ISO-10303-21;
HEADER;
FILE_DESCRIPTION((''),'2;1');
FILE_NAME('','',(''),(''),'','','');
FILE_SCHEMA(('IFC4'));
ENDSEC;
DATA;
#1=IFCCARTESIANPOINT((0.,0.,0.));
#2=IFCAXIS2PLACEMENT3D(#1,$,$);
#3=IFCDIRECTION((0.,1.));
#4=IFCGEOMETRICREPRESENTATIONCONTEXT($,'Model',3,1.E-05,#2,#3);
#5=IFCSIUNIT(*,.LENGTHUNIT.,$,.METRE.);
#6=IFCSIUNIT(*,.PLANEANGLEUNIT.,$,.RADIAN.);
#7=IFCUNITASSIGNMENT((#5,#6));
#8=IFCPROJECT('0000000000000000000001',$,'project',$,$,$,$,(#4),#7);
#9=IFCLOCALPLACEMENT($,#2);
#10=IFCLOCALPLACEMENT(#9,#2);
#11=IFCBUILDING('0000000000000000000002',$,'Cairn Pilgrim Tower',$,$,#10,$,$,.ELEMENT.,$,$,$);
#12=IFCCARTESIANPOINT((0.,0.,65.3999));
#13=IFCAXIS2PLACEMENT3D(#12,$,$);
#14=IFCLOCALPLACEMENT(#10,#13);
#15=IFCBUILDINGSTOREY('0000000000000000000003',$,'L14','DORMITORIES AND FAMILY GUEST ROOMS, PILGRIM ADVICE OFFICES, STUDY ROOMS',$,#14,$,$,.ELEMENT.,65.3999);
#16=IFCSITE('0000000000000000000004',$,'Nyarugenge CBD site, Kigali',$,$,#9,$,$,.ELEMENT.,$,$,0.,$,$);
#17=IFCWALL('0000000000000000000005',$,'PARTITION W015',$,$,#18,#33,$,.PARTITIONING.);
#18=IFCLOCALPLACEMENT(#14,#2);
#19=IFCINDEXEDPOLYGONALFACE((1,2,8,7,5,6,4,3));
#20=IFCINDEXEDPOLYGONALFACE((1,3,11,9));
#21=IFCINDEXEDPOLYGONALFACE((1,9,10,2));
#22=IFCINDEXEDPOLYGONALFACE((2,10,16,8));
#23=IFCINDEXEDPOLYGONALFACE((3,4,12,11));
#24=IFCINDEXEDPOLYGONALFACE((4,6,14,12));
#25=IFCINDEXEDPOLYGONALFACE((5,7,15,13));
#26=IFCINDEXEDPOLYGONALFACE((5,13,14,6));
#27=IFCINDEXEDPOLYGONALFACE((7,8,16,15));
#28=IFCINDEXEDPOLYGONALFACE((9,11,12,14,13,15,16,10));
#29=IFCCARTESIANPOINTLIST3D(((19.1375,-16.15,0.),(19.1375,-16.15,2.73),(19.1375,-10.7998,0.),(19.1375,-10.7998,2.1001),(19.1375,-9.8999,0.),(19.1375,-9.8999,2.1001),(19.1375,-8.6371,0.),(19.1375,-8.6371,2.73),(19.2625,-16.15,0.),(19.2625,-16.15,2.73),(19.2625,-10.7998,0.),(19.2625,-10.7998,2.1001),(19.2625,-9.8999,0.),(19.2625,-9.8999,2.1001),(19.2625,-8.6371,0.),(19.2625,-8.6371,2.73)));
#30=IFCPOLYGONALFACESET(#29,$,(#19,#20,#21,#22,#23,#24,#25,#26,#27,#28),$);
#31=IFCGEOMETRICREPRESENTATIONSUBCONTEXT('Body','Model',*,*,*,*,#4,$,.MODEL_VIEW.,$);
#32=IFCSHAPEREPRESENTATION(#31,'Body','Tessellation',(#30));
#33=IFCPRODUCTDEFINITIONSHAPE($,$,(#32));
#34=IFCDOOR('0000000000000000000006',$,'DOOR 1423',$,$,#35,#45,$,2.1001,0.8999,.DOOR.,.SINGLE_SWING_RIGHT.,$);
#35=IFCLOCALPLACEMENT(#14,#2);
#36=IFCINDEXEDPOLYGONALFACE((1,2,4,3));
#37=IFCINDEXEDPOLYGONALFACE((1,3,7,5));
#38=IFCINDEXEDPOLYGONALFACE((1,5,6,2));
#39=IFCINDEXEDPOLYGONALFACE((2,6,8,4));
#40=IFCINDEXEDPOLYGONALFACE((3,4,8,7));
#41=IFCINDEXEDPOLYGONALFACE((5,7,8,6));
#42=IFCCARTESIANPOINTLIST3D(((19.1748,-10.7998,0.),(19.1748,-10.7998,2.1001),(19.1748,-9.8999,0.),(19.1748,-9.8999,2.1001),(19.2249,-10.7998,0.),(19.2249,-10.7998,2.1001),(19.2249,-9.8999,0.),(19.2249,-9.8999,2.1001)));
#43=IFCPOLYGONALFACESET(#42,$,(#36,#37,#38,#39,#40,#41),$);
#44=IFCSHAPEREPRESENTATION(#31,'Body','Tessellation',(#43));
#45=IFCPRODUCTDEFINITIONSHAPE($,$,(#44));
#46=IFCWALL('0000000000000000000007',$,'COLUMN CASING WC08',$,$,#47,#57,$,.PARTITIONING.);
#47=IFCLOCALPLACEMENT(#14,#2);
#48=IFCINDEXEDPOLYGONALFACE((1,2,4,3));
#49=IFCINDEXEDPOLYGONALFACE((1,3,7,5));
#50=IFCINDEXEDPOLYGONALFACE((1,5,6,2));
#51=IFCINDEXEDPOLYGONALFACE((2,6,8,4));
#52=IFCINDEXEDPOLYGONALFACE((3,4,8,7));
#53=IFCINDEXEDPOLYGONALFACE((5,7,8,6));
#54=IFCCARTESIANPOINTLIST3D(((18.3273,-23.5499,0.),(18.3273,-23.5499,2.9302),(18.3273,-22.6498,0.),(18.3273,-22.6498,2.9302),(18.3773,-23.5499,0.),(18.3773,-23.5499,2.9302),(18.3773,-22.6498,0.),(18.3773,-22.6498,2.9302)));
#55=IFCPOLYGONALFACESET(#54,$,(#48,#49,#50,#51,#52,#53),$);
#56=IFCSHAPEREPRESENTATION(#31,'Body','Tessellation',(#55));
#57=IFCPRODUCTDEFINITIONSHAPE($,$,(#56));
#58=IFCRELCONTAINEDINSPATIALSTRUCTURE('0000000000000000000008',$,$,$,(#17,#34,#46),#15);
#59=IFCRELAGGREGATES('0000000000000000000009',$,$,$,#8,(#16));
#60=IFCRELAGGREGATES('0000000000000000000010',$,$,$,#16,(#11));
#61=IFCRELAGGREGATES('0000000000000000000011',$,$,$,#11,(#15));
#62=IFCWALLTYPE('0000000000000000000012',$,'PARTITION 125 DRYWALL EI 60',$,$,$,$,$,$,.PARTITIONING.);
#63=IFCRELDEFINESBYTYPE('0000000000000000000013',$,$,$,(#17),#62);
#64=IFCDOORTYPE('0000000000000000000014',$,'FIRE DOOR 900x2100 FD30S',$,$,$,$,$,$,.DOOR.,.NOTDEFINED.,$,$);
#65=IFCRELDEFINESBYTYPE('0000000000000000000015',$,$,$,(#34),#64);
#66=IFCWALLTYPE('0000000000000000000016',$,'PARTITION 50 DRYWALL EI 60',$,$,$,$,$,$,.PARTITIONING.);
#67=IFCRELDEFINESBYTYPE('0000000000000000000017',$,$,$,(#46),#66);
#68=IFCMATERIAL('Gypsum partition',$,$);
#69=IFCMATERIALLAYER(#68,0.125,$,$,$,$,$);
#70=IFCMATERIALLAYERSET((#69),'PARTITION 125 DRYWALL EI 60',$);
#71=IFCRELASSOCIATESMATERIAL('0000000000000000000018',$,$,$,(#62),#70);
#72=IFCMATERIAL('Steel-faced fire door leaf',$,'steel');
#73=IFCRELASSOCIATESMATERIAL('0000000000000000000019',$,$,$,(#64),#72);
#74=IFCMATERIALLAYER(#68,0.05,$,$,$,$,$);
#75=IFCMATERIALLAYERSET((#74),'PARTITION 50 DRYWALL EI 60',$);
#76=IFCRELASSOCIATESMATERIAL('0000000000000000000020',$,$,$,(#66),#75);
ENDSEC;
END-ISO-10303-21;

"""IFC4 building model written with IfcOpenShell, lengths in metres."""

from ifc_helpers import new_model, si_unit, direction, frame, frame_2d, origin, place, context, subcontext, project, spatial, rectangle, extrude, material, layer, layer_set, type_object, element, fill, save


model = new_model("IFC4")

# Units and contexts
model_context = context("Model", 3, precision=1e-05, world=origin(), true_north=direction((0.0, 1.0)))
body_context = subcontext(model_context, "Body", "Model", "MODEL_VIEW")
ifc_project = project(units=[si_unit("LENGTHUNIT", "METRE"), si_unit("PLANEANGLEUNIT", "RADIAN")], contexts=[model_context])

# Site, building, storey
site_placement = place(None, origin())
site = spatial("IfcSite", under=ifc_project, at=site_placement, Name="Nyarugenge CBD site, Kigali", CompositionType="ELEMENT", RefElevation=0.0)
building_placement = place(site_placement, origin())
building = spatial("IfcBuilding", under=site, at=building_placement, Name="Cairn Pilgrim Tower", CompositionType="ELEMENT")
storey_placement = place(building_placement, frame((0.0, 0.0, 65.3999)))
storey = spatial("IfcBuildingStorey", under=building, at=storey_placement, Name="L14", Description="DORMITORIES AND FAMILY GUEST ROOMS, PILGRIM ADVICE OFFICES, STUDY ROOMS", CompositionType="ELEMENT", Elevation=65.3999)

# Shared definitions
ifc_material_1 = material(Name="Gypsum partition")
ifc_layer_1 = layer(ifc_material_1, 0.125)
ifc_layer_set_1 = layer_set([ifc_layer_1], Name="PARTITION 125 DRYWALL EI 60")
wall_type_1 = type_object("IfcWallType", Name="PARTITION 125 DRYWALL EI 60", PredefinedType="PARTITIONING", material=ifc_layer_set_1)

# Wall, opening, door
wall_1_placement = place(storey_placement, frame((19.2, -16.1499, 0.0), z_axis=(0.0, 0.0, 1.0), x_axis=(0.0, 1.0, 0.0)))
wall_1 = element("IfcWall", 1, at=wall_1_placement, inside=storey, type_object=wall_type_1, Name="PARTITION W015", PredefinedType="PARTITIONING", context=body_context, shape_type="SweptSolid", body=[
    extrude(rectangle(XDim=7.5129, YDim=0.125, at=frame_2d((3.7563, 0.0))), origin(), (0.0, 0.0, 1.0), 2.73),
])
opening_placement = place(wall_1_placement, frame((5.3501, 0.0, 0.0)))
opening = element("IfcOpeningElement", 2, at=opening_placement, cuts=wall_1, PredefinedType="OPENING", context=body_context, shape_type="SweptSolid", body=[
    extrude(rectangle(XDim=0.8999, YDim=2.1001, at=frame_2d((0.45, 1.05))), frame((0.0, 0.0725, 0.0), z_axis=(0.0, -1.0, 0.0), x_axis=(1.0, 0.0, 0.0)), (0.0, 0.0, 1.0), 0.145),
])
ifc_material_2 = material(Name="Steel-faced fire door leaf", Category="steel")
door_type = type_object("IfcDoorType", Name="FIRE DOOR 900x2100 FD30S", OperationType="NOTDEFINED", PredefinedType="DOOR", material=ifc_material_2)
door_placement = place(opening_placement, frame((0.8999, 0.0, 0.0), z_axis=(0.0, 0.0, 1.0), x_axis=(-1.0, 0.0, 0.0)))
door = element("IfcDoor", 3, at=door_placement, inside=storey, type_object=door_type, Name="DOOR 1423", OperationType="SINGLE_SWING_RIGHT", OverallHeight=2.1001, OverallWidth=0.8999, PredefinedType="DOOR", context=body_context, shape_type="SweptSolid", body=[
    extrude(rectangle(XDim=0.8999, YDim=2.1001, at=frame_2d((0.45, 1.05))), frame((0.0, 0.0249, 0.0), z_axis=(0.0, -1.0, 0.0), x_axis=(1.0, 0.0, 0.0)), (0.0, 0.0, 1.0), 0.05),
])
fill(opening, door)

# Wall
ifc_layer_2 = layer(ifc_material_1, 0.05)
ifc_layer_set_2 = layer_set([ifc_layer_2], Name="PARTITION 50 DRYWALL EI 60")
wall_type_2 = type_object("IfcWallType", Name="PARTITION 50 DRYWALL EI 60", PredefinedType="PARTITIONING", material=ifc_layer_set_2)
wall_2_placement = place(storey_placement, frame((18.3523, -23.55, 0.0), z_axis=(0.0, 0.0, 1.0), x_axis=(0.0, 1.0, 0.0)))
element("IfcWall", 4, at=wall_2_placement, inside=storey, type_object=wall_type_2, Name="COLUMN CASING WC08", PredefinedType="PARTITIONING", context=body_context, shape_type="SweptSolid", body=[
    extrude(rectangle(XDim=0.9001, YDim=0.05, at=frame_2d((0.4502, 0.0))), origin(), (0.0, 0.0, 1.0), 2.9302),
])

save(model, "model.ifc")
